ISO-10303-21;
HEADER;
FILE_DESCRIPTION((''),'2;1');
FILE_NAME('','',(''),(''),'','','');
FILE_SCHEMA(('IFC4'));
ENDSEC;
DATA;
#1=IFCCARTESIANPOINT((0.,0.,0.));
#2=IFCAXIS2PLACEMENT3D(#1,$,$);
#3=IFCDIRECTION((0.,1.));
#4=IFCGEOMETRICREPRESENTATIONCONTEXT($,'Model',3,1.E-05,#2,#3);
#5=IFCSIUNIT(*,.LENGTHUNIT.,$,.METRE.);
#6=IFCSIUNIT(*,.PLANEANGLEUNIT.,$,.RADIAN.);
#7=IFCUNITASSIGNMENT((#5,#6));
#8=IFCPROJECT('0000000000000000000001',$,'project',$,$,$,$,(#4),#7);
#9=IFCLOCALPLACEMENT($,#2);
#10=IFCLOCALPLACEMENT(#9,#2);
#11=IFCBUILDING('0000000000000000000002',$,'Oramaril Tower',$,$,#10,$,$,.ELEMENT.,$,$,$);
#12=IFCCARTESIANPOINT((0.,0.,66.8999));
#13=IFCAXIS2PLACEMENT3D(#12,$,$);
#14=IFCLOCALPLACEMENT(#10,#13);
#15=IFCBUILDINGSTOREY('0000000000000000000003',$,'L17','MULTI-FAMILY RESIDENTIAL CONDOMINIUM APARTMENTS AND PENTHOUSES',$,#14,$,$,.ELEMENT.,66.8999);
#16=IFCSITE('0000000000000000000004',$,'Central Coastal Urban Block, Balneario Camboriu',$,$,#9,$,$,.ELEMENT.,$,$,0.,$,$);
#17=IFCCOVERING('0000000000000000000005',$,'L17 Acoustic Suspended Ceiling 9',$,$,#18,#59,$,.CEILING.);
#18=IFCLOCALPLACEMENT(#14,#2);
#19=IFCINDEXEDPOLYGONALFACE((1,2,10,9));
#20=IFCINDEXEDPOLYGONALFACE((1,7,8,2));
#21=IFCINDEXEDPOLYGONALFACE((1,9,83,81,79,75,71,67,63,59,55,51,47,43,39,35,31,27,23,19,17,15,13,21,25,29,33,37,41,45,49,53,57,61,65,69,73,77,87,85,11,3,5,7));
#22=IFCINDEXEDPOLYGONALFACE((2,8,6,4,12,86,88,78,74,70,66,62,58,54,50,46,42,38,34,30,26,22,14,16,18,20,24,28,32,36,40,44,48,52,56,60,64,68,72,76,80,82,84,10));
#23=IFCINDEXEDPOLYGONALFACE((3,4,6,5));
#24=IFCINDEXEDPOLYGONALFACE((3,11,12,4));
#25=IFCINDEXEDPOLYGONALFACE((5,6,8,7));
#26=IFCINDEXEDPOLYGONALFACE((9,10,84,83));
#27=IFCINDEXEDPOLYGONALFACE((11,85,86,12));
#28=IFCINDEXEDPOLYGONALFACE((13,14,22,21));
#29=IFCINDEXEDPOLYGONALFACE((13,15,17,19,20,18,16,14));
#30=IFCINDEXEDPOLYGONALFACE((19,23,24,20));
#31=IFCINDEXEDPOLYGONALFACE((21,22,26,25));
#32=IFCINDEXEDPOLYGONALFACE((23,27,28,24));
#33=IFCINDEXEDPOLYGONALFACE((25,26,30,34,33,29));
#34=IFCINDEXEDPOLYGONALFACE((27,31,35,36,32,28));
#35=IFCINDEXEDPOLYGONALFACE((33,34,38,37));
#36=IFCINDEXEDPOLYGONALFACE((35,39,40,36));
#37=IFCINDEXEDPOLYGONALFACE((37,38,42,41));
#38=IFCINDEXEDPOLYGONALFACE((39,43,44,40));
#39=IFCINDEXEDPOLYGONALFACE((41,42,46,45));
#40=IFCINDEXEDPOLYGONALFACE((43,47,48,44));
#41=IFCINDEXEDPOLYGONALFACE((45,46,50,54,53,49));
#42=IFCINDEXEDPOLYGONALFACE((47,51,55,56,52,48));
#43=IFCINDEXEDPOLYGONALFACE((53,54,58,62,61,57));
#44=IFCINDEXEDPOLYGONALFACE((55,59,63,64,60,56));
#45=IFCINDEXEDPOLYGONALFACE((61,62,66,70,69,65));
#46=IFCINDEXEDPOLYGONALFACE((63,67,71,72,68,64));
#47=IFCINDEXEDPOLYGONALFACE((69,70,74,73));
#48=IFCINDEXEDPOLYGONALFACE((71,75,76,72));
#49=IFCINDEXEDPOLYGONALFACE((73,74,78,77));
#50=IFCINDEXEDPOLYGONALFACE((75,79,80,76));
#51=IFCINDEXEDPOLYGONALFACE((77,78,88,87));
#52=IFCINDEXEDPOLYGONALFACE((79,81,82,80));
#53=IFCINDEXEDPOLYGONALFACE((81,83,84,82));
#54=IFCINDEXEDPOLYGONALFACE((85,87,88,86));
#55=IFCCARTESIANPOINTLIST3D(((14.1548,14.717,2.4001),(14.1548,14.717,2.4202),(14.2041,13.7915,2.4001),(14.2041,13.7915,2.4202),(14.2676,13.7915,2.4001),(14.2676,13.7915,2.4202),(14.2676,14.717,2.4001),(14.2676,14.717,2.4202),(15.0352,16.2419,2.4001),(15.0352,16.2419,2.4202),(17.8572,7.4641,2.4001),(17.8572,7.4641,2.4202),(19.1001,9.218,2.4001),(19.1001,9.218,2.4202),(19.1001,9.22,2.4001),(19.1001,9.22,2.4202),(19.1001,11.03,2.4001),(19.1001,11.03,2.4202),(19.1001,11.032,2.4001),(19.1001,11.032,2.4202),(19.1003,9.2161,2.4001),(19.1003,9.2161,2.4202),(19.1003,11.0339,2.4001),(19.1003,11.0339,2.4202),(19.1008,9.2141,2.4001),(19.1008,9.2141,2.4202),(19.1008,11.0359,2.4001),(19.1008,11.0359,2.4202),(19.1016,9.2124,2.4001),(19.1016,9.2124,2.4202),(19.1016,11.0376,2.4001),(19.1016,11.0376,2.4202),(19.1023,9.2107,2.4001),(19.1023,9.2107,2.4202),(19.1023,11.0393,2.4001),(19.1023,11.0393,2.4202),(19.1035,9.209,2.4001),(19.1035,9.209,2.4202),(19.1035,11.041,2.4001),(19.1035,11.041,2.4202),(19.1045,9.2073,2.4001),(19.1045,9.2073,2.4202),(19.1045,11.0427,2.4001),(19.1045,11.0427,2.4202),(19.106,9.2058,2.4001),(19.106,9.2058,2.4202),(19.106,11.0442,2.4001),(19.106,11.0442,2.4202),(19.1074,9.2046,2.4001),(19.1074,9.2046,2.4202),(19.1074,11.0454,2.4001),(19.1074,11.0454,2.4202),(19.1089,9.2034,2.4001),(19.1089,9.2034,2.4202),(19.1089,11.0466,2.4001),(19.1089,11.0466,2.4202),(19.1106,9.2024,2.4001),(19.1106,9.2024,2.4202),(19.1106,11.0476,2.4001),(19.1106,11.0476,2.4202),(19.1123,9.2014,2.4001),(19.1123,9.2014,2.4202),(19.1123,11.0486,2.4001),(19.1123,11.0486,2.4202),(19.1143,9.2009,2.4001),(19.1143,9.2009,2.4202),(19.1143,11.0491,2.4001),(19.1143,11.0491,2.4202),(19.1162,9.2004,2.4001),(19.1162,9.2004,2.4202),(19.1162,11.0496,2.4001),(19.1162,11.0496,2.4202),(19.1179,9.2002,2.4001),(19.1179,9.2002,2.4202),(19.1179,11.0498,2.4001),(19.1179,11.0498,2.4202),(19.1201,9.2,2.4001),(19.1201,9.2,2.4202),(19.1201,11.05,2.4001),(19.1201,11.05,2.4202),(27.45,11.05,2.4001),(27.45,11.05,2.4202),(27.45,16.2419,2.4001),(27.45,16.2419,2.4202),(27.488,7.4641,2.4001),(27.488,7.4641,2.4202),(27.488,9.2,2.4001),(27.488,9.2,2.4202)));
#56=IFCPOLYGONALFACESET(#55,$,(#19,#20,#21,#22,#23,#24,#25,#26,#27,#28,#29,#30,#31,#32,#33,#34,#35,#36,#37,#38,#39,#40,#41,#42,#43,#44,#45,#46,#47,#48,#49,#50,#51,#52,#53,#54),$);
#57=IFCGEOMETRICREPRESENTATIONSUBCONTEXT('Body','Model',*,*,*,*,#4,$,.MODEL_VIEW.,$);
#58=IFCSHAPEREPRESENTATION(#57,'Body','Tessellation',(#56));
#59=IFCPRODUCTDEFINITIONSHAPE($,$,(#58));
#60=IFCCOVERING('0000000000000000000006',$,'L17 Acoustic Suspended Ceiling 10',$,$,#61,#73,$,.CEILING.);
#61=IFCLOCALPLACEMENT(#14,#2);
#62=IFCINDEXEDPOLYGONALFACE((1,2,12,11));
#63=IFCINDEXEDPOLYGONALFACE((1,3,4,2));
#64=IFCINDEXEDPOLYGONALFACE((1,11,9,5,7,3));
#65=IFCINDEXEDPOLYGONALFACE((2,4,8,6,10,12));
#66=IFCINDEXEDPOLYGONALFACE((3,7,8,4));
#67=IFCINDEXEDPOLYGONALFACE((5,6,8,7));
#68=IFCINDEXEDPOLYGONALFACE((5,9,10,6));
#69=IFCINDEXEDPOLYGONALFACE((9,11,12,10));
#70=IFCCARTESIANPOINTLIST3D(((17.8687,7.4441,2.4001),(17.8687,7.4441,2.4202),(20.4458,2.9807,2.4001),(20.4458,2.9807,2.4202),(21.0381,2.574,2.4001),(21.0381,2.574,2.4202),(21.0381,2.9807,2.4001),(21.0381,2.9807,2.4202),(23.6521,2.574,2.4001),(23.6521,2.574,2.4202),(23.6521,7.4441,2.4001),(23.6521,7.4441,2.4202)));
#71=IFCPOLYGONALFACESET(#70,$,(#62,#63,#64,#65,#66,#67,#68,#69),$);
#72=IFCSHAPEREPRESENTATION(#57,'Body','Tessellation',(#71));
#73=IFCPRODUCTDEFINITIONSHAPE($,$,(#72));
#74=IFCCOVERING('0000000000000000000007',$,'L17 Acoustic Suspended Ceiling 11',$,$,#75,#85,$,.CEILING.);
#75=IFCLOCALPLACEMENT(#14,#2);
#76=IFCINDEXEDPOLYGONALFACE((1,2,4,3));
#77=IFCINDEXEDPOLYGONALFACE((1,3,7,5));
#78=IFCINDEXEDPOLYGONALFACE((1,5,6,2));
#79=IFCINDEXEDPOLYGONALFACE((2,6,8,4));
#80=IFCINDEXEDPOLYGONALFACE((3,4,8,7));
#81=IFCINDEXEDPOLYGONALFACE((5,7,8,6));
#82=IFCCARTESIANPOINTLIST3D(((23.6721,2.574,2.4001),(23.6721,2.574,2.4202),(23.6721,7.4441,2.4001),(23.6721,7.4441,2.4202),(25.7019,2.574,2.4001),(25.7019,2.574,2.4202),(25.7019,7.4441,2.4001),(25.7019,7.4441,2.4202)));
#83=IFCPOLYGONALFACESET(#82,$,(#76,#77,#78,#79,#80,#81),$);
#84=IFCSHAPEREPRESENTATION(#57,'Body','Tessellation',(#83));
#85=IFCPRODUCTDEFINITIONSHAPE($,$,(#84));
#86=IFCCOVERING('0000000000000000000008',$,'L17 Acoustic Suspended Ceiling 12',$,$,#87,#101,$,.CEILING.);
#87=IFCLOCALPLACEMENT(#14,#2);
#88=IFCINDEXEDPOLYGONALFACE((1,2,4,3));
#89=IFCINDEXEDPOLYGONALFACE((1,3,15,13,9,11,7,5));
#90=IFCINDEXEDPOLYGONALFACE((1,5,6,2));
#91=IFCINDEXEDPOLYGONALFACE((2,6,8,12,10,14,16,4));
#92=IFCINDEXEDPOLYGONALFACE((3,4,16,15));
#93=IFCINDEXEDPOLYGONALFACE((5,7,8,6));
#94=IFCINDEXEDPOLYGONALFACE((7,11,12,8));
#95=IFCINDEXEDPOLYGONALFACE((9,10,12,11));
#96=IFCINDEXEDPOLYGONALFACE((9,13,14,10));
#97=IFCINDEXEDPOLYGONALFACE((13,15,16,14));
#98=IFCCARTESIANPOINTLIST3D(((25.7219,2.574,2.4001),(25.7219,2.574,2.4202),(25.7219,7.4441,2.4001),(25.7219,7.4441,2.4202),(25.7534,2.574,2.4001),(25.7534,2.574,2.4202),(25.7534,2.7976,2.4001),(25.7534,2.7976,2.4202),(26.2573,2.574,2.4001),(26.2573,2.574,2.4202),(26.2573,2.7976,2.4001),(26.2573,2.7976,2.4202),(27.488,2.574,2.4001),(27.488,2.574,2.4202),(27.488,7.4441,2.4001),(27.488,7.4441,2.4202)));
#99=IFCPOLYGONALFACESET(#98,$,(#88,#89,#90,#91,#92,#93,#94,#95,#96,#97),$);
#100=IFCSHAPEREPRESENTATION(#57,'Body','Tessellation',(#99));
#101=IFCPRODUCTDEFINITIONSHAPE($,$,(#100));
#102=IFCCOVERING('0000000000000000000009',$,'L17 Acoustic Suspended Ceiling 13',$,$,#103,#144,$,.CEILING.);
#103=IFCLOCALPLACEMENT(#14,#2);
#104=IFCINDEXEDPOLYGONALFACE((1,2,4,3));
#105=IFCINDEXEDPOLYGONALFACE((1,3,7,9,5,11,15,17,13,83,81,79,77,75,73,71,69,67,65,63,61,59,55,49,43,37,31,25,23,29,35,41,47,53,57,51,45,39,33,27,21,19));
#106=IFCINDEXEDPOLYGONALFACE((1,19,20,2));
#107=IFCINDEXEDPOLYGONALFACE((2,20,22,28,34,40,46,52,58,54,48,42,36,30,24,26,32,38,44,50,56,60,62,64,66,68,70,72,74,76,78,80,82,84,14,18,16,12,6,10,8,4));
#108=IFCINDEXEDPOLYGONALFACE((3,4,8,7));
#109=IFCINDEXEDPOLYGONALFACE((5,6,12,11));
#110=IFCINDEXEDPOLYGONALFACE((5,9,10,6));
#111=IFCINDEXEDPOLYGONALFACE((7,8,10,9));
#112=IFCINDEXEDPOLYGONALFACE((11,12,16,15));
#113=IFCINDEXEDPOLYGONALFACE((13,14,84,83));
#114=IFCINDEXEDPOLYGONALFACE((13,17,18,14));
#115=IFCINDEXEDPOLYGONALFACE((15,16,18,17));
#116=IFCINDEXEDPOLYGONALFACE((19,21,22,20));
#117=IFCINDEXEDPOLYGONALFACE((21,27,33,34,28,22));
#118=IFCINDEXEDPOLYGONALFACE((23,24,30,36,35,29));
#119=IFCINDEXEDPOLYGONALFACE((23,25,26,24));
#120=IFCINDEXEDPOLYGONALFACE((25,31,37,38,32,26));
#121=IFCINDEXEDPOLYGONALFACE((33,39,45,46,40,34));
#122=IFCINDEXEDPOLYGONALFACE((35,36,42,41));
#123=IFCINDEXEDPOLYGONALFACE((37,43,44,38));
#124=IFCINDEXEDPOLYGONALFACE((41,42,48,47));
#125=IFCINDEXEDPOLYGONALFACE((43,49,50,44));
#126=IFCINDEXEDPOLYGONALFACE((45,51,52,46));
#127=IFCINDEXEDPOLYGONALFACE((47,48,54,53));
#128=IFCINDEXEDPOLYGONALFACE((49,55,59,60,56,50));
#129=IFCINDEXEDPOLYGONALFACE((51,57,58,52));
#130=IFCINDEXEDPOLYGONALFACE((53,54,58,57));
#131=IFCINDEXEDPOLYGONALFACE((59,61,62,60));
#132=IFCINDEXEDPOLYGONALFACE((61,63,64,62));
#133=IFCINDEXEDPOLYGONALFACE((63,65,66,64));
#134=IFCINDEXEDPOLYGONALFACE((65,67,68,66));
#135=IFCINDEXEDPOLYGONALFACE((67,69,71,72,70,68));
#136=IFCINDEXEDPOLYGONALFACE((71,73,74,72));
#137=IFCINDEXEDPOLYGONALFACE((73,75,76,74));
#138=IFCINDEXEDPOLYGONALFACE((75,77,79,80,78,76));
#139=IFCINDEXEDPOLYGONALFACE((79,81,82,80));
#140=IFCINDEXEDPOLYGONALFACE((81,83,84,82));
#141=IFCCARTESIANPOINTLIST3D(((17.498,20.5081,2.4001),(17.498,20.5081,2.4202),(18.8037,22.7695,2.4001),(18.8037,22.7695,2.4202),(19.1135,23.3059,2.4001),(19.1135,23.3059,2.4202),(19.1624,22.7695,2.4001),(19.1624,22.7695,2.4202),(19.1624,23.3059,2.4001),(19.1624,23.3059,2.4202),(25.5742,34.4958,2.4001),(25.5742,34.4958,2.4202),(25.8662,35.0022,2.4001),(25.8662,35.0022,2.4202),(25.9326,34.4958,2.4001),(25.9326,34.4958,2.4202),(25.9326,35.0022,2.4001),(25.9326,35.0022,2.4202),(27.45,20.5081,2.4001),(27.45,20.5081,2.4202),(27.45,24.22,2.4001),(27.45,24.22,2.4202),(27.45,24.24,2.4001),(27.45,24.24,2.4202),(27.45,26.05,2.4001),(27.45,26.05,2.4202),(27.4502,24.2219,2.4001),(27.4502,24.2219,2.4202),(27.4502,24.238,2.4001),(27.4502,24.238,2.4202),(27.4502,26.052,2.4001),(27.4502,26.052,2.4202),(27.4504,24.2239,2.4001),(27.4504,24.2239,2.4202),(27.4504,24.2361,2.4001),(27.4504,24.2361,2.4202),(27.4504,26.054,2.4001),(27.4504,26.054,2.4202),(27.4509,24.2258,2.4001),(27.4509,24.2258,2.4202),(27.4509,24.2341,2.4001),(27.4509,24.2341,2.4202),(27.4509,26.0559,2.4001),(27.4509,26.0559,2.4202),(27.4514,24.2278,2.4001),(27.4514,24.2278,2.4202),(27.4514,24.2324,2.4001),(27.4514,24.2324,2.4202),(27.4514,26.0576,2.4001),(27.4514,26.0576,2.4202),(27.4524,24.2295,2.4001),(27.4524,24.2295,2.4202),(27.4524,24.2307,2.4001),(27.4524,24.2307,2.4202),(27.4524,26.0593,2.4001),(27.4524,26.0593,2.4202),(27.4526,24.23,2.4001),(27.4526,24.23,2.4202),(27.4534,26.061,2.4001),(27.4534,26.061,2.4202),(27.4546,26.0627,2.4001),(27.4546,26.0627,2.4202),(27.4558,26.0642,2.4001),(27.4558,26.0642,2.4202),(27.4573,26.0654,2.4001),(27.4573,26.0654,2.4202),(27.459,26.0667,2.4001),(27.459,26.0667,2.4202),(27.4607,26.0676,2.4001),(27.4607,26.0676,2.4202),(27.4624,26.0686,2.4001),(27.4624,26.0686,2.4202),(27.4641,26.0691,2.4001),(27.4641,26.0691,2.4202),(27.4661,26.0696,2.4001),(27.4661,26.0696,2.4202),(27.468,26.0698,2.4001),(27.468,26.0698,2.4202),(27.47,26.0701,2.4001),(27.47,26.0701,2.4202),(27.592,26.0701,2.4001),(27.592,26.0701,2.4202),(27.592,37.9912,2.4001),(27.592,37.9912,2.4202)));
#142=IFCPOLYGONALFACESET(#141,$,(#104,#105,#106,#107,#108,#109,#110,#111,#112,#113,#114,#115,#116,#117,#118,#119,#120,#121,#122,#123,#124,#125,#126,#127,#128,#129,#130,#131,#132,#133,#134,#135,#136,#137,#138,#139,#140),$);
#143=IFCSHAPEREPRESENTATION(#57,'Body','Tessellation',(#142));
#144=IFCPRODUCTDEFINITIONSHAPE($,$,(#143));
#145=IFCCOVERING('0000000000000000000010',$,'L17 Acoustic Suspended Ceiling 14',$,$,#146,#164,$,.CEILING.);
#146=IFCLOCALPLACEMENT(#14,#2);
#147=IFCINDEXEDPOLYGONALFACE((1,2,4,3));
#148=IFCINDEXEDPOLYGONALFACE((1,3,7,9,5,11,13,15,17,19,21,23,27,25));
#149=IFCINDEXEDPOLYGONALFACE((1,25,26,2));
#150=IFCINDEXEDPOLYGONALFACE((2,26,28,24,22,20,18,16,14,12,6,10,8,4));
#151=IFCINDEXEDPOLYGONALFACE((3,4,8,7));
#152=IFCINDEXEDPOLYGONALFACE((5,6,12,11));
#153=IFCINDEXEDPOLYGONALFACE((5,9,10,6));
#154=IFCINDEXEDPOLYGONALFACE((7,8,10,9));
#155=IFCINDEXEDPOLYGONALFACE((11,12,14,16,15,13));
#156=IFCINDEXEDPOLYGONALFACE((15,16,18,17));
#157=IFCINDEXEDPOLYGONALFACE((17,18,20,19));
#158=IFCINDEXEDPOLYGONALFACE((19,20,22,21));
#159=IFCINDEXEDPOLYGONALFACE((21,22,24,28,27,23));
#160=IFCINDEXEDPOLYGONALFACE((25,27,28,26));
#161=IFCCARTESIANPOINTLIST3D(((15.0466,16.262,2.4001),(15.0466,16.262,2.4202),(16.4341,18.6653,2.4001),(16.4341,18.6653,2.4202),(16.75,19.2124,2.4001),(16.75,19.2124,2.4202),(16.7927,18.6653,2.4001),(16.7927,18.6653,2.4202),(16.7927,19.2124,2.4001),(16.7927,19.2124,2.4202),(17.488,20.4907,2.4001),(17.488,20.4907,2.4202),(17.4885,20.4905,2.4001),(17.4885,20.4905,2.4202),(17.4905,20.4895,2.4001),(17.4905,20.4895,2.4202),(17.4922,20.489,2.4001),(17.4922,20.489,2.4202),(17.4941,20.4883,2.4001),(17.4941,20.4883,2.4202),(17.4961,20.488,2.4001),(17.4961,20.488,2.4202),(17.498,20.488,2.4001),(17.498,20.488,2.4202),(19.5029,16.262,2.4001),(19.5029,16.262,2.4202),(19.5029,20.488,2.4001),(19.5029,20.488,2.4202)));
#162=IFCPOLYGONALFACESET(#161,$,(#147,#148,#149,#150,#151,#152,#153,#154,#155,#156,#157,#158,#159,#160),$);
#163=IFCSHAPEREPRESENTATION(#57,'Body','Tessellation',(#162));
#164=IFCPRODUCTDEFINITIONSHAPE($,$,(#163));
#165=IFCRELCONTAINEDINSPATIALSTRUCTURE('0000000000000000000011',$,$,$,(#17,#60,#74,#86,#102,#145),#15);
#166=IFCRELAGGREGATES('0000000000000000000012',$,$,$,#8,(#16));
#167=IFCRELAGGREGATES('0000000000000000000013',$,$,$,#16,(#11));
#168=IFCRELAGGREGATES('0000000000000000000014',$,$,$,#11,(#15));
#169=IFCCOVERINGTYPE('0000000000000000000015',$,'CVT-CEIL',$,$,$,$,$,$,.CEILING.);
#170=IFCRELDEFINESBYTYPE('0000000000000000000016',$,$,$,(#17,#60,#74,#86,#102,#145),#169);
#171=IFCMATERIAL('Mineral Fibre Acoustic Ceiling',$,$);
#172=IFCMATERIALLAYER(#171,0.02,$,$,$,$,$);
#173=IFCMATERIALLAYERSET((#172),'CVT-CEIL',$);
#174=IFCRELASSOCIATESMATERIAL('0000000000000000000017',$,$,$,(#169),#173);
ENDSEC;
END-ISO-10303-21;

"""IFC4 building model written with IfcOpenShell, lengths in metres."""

from ifc_helpers import new_model, si_unit, direction, frame, origin, place, context, subcontext, project, spatial, polyline, outline, extrude, material, layer, layer_set, type_object, element, save


model = new_model("IFC4")

# Units and contexts
model_context = context("Model", 3, precision=1e-05, world=origin(), true_north=direction((0.0, 1.0)))
body_context = subcontext(model_context, "Body", "Model", "MODEL_VIEW")
ifc_project = project(units=[si_unit("LENGTHUNIT", "METRE"), si_unit("PLANEANGLEUNIT", "RADIAN")], contexts=[model_context])

# Site, building, storey
site_placement = place(None, origin())
site = spatial("IfcSite", under=ifc_project, at=site_placement, Name="Central Coastal Urban Block, Balneario Camboriu", CompositionType="ELEMENT", RefElevation=0.0)
building_placement = place(site_placement, origin())
building = spatial("IfcBuilding", under=site, at=building_placement, Name="Oramaril Tower", CompositionType="ELEMENT")
storey_placement = place(building_placement, frame((0.0, 0.0, 66.8999)))
storey = spatial("IfcBuildingStorey", under=building, at=storey_placement, Name="L17", Description="MULTI-FAMILY RESIDENTIAL CONDOMINIUM APARTMENTS AND PENTHOUSES", CompositionType="ELEMENT", Elevation=66.8999)

# Coverings
ifc_material_1 = material(Name="Mineral Fibre Acoustic Ceiling")
ifc_layer_1 = layer(ifc_material_1, 0.02)
ifc_layer_set_1 = layer_set([ifc_layer_1], Name="CVT-CEIL")
covering_type_1 = type_object("IfcCoveringType", Name="CVT-CEIL", PredefinedType="CEILING", material=ifc_layer_set_1)
covering_1_placement = place(storey_placement, frame((0.0, 0.0, 2.4001)))
element("IfcCovering", 1, at=covering_1_placement, inside=storey, type_object=covering_type_1, Name="L17 Acoustic Suspended Ceiling 9", PredefinedType="CEILING", context=body_context, shape_type="SweptSolid", body=[
    extrude(outline(polyline([(27.45, 16.2419), (27.45, 11.05), (19.1201, 11.05), (19.1179, 11.0498), (19.1162, 11.0496), (19.1143, 11.0491), (19.1123, 11.0486), (19.1106, 11.0476), (19.1089, 11.0466), (19.1074, 11.0454), (19.106, 11.0442), (19.1045, 11.0427), (19.1035, 11.041), (19.1023, 11.0393), (19.1016, 11.0376), (19.1008, 11.0359), (19.1003, 11.0339), (19.1001, 11.032), (19.1001, 11.03), (19.1001, 9.22), (19.1001, 9.218), (19.1003, 9.2161), (19.1008, 9.2141), (19.1016, 9.2124), (19.1023, 9.2107), (19.1035, 9.209), (19.1045, 9.2073), (19.106, 9.2058), (19.1074, 9.2046), (19.1089, 9.2034), (19.1106, 9.2024), (19.1123, 9.2014), (19.1143, 9.2009), (19.1162, 9.2004), (19.1179, 9.2002), (19.1201, 9.2), (27.488, 9.2), (27.488, 7.4641), (17.8572, 7.4641), (14.2041, 13.7915), (14.2676, 13.7915), (14.2676, 14.717), (14.1548, 14.717), (15.0352, 16.2419), (27.45, 16.2419)])), origin(), (0.0, 0.0, 1.0), 0.02),
])
covering_2_placement = place(storey_placement, frame((0.0, 0.0, 2.4001)))
element("IfcCovering", 2, at=covering_2_placement, inside=storey, type_object=covering_type_1, Name="L17 Acoustic Suspended Ceiling 10", PredefinedType="CEILING", context=body_context, shape_type="SweptSolid", body=[
    extrude(outline(polyline([(21.0381, 2.574), (21.0381, 2.9807), (20.4458, 2.9807), (17.8687, 7.4441), (23.6521, 7.4441), (23.6521, 2.574), (21.0381, 2.574)])), origin(), (0.0, 0.0, 1.0), 0.02),
])
covering_3_placement = place(storey_placement, frame((0.0, 0.0, 2.4001)))
element("IfcCovering", 3, at=covering_3_placement, inside=storey, type_object=covering_type_1, Name="L17 Acoustic Suspended Ceiling 11", PredefinedType="CEILING", context=body_context, shape_type="SweptSolid", body=[
    extrude(outline(polyline([(23.6721, 2.574), (23.6721, 7.4441), (25.7019, 7.4441), (25.7019, 2.574), (23.6721, 2.574)])), origin(), (0.0, 0.0, 1.0), 0.02),
])
covering_4_placement = place(storey_placement, frame((0.0, 0.0, 2.4001)))
element("IfcCovering", 4, at=covering_4_placement, inside=storey, type_object=covering_type_1, Name="L17 Acoustic Suspended Ceiling 12", PredefinedType="CEILING", context=body_context, shape_type="SweptSolid", body=[
    extrude(outline(polyline([(26.2573, 2.574), (26.2573, 2.7976), (25.7534, 2.7976), (25.7534, 2.574), (25.7219, 2.574), (25.7219, 7.4441), (27.488, 7.4441), (27.488, 2.574), (26.2573, 2.574)])), origin(), (0.0, 0.0, 1.0), 0.02),
])
covering_5_placement = place(storey_placement, frame((0.0, 0.0, 2.4001)))
element("IfcCovering", 5, at=covering_5_placement, inside=storey, type_object=covering_type_1, Name="L17 Acoustic Suspended Ceiling 13", PredefinedType="CEILING", context=body_context, shape_type="SweptSolid", body=[
    extrude(outline(polyline([(18.8037, 22.7695), (19.1624, 22.7695), (19.1624, 23.3059), (19.1135, 23.3059), (25.5742, 34.4958), (25.9326, 34.4958), (25.9326, 35.0022), (25.8662, 35.0022), (27.592, 37.9912), (27.592, 26.0701), (27.47, 26.0701), (27.468, 26.0698), (27.4661, 26.0696), (27.4641, 26.0691), (27.4624, 26.0686), (27.4607, 26.0676), (27.459, 26.0667), (27.4573, 26.0654), (27.4558, 26.0642), (27.4546, 26.0627), (27.4534, 26.061), (27.4524, 26.0593), (27.4514, 26.0576), (27.4509, 26.0559), (27.4504, 26.054), (27.4502, 26.052), (27.45, 26.05), (27.45, 24.24), (27.4502, 24.238), (27.4504, 24.2361), (27.4509, 24.2341), (27.4514, 24.2324), (27.4524, 24.2307), (27.4526, 24.23), (27.4524, 24.2295), (27.4514, 24.2278), (27.4509, 24.2258), (27.4504, 24.2239), (27.4502, 24.2219), (27.45, 24.22), (27.45, 20.5081), (17.498, 20.5081), (18.8037, 22.7695)])), origin(), (0.0, 0.0, 1.0), 0.02),
])
covering_6_placement = place(storey_placement, frame((0.0, 0.0, 2.4001)))
element("IfcCovering", 6, at=covering_6_placement, inside=storey, type_object=covering_type_1, Name="L17 Acoustic Suspended Ceiling 14", PredefinedType="CEILING", context=body_context, shape_type="SweptSolid", body=[
    extrude(outline(polyline([(16.7927, 18.6653), (16.7927, 19.2124), (16.75, 19.2124), (17.488, 20.4907), (17.4885, 20.4905), (17.4905, 20.4895), (17.4922, 20.489), (17.4941, 20.4883), (17.4961, 20.488), (17.498, 20.488), (19.5029, 20.488), (19.5029, 16.262), (15.0466, 16.262), (16.4341, 18.6653), (16.7927, 18.6653)])), origin(), (0.0, 0.0, 1.0), 0.02),
])

save(model, "model.ifc")
